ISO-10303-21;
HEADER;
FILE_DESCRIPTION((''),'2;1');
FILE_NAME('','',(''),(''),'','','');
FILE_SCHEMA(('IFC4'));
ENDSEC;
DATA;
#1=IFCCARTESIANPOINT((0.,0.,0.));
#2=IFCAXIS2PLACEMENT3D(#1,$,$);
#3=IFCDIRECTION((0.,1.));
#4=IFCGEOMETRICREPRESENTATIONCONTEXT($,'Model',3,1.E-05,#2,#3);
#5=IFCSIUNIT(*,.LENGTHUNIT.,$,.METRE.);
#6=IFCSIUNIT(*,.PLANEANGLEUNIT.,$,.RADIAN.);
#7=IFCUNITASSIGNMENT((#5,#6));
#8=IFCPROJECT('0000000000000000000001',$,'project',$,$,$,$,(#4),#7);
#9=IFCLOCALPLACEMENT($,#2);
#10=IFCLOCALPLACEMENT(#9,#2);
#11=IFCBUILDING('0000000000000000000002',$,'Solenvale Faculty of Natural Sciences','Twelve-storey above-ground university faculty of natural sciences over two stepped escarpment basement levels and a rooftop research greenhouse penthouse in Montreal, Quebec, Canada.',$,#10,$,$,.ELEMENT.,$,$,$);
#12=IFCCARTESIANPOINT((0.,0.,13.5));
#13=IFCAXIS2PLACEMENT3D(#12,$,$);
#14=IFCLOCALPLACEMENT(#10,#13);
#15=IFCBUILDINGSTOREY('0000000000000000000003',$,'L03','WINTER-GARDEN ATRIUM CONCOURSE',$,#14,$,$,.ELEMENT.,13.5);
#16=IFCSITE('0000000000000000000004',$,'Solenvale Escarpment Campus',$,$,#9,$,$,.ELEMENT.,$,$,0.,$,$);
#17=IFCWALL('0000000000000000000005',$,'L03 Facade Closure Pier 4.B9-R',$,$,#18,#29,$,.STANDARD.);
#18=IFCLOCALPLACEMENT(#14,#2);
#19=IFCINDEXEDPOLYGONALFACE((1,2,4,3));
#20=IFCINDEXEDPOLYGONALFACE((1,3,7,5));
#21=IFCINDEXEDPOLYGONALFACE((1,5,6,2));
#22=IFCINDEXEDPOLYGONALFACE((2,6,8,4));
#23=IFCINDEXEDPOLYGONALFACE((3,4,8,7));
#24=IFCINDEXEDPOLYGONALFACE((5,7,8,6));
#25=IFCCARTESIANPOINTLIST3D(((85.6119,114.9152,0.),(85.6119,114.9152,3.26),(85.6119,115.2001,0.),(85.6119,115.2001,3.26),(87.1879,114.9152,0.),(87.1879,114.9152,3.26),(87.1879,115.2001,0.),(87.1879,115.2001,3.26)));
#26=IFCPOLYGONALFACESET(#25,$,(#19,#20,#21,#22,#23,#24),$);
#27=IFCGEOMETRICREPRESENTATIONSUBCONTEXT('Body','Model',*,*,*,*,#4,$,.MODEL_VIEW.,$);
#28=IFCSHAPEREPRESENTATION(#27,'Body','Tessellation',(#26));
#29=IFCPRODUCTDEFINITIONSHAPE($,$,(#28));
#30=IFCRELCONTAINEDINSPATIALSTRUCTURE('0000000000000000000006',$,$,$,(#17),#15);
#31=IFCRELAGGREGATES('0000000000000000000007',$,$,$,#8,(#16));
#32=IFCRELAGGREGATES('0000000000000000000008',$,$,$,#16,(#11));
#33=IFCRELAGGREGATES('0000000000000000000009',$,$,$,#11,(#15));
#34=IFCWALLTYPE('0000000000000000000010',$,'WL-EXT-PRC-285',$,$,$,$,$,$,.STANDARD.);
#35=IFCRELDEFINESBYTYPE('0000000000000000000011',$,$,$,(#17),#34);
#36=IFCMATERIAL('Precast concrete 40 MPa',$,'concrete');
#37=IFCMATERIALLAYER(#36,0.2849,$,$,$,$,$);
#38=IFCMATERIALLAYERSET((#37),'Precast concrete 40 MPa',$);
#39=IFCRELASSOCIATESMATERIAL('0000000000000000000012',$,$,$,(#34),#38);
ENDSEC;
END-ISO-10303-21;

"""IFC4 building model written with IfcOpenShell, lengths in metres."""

from ifc_helpers import new_model, si_unit, direction, frame, frame_2d, origin, place, context, subcontext, project, spatial, rectangle, extrude, material, layer, layer_set, type_object, element, save


model = new_model("IFC4")

# Units and contexts
model_context = context("Model", 3, precision=1e-05, world=origin(), true_north=direction((0.0, 1.0)))
body_context = subcontext(model_context, "Body", "Model", "MODEL_VIEW")
ifc_project = project(units=[si_unit("LENGTHUNIT", "METRE"), si_unit("PLANEANGLEUNIT", "RADIAN")], contexts=[model_context])

# Site, building, storey
site_placement = place(None, origin())
site = spatial("IfcSite", under=ifc_project, at=site_placement, Name="Solenvale Escarpment Campus", CompositionType="ELEMENT", RefElevation=0.0)
building_placement = place(site_placement, origin())
building = spatial("IfcBuilding", under=site, at=building_placement, Name="Solenvale Faculty of Natural Sciences", Description="Twelve-storey above-ground university faculty of natural sciences over two stepped escarpment basement levels and a rooftop research greenhouse penthouse in Montreal, Quebec, Canada.", CompositionType="ELEMENT")
storey_placement = place(building_placement, frame((0.0, 0.0, 13.5)))
storey = spatial("IfcBuildingStorey", under=building, at=storey_placement, Name="L03", Description="WINTER-GARDEN ATRIUM CONCOURSE", CompositionType="ELEMENT", Elevation=13.5)

# Shared definitions
ifc_material_1 = material(Name="Precast concrete 40 MPa", Category="concrete")

# Wall
ifc_layer_1 = layer(ifc_material_1, 0.2849)
ifc_layer_set_1 = layer_set([ifc_layer_1], Name="Precast concrete 40 MPa")
wall_type = type_object("IfcWallType", Name="WL-EXT-PRC-285", PredefinedType="STANDARD", material=ifc_layer_set_1)
wall_placement = place(storey_placement, frame((87.188, 115.0576, 0.0), z_axis=(0.0, 0.0, 1.0), x_axis=(-1.0, 0.0, 0.0)))
element("IfcWall", 1, at=wall_placement, inside=storey, type_object=wall_type, Name="L03 Facade Closure Pier 4.B9-R", PredefinedType="STANDARD", context=body_context, shape_type="SweptSolid", body=[
    extrude(rectangle(XDim=1.5759, YDim=0.2849, at=frame_2d((0.7881, 0.0))), origin(), (0.0, 0.0, 1.0), 3.26),
])

save(model, "model.ifc")
